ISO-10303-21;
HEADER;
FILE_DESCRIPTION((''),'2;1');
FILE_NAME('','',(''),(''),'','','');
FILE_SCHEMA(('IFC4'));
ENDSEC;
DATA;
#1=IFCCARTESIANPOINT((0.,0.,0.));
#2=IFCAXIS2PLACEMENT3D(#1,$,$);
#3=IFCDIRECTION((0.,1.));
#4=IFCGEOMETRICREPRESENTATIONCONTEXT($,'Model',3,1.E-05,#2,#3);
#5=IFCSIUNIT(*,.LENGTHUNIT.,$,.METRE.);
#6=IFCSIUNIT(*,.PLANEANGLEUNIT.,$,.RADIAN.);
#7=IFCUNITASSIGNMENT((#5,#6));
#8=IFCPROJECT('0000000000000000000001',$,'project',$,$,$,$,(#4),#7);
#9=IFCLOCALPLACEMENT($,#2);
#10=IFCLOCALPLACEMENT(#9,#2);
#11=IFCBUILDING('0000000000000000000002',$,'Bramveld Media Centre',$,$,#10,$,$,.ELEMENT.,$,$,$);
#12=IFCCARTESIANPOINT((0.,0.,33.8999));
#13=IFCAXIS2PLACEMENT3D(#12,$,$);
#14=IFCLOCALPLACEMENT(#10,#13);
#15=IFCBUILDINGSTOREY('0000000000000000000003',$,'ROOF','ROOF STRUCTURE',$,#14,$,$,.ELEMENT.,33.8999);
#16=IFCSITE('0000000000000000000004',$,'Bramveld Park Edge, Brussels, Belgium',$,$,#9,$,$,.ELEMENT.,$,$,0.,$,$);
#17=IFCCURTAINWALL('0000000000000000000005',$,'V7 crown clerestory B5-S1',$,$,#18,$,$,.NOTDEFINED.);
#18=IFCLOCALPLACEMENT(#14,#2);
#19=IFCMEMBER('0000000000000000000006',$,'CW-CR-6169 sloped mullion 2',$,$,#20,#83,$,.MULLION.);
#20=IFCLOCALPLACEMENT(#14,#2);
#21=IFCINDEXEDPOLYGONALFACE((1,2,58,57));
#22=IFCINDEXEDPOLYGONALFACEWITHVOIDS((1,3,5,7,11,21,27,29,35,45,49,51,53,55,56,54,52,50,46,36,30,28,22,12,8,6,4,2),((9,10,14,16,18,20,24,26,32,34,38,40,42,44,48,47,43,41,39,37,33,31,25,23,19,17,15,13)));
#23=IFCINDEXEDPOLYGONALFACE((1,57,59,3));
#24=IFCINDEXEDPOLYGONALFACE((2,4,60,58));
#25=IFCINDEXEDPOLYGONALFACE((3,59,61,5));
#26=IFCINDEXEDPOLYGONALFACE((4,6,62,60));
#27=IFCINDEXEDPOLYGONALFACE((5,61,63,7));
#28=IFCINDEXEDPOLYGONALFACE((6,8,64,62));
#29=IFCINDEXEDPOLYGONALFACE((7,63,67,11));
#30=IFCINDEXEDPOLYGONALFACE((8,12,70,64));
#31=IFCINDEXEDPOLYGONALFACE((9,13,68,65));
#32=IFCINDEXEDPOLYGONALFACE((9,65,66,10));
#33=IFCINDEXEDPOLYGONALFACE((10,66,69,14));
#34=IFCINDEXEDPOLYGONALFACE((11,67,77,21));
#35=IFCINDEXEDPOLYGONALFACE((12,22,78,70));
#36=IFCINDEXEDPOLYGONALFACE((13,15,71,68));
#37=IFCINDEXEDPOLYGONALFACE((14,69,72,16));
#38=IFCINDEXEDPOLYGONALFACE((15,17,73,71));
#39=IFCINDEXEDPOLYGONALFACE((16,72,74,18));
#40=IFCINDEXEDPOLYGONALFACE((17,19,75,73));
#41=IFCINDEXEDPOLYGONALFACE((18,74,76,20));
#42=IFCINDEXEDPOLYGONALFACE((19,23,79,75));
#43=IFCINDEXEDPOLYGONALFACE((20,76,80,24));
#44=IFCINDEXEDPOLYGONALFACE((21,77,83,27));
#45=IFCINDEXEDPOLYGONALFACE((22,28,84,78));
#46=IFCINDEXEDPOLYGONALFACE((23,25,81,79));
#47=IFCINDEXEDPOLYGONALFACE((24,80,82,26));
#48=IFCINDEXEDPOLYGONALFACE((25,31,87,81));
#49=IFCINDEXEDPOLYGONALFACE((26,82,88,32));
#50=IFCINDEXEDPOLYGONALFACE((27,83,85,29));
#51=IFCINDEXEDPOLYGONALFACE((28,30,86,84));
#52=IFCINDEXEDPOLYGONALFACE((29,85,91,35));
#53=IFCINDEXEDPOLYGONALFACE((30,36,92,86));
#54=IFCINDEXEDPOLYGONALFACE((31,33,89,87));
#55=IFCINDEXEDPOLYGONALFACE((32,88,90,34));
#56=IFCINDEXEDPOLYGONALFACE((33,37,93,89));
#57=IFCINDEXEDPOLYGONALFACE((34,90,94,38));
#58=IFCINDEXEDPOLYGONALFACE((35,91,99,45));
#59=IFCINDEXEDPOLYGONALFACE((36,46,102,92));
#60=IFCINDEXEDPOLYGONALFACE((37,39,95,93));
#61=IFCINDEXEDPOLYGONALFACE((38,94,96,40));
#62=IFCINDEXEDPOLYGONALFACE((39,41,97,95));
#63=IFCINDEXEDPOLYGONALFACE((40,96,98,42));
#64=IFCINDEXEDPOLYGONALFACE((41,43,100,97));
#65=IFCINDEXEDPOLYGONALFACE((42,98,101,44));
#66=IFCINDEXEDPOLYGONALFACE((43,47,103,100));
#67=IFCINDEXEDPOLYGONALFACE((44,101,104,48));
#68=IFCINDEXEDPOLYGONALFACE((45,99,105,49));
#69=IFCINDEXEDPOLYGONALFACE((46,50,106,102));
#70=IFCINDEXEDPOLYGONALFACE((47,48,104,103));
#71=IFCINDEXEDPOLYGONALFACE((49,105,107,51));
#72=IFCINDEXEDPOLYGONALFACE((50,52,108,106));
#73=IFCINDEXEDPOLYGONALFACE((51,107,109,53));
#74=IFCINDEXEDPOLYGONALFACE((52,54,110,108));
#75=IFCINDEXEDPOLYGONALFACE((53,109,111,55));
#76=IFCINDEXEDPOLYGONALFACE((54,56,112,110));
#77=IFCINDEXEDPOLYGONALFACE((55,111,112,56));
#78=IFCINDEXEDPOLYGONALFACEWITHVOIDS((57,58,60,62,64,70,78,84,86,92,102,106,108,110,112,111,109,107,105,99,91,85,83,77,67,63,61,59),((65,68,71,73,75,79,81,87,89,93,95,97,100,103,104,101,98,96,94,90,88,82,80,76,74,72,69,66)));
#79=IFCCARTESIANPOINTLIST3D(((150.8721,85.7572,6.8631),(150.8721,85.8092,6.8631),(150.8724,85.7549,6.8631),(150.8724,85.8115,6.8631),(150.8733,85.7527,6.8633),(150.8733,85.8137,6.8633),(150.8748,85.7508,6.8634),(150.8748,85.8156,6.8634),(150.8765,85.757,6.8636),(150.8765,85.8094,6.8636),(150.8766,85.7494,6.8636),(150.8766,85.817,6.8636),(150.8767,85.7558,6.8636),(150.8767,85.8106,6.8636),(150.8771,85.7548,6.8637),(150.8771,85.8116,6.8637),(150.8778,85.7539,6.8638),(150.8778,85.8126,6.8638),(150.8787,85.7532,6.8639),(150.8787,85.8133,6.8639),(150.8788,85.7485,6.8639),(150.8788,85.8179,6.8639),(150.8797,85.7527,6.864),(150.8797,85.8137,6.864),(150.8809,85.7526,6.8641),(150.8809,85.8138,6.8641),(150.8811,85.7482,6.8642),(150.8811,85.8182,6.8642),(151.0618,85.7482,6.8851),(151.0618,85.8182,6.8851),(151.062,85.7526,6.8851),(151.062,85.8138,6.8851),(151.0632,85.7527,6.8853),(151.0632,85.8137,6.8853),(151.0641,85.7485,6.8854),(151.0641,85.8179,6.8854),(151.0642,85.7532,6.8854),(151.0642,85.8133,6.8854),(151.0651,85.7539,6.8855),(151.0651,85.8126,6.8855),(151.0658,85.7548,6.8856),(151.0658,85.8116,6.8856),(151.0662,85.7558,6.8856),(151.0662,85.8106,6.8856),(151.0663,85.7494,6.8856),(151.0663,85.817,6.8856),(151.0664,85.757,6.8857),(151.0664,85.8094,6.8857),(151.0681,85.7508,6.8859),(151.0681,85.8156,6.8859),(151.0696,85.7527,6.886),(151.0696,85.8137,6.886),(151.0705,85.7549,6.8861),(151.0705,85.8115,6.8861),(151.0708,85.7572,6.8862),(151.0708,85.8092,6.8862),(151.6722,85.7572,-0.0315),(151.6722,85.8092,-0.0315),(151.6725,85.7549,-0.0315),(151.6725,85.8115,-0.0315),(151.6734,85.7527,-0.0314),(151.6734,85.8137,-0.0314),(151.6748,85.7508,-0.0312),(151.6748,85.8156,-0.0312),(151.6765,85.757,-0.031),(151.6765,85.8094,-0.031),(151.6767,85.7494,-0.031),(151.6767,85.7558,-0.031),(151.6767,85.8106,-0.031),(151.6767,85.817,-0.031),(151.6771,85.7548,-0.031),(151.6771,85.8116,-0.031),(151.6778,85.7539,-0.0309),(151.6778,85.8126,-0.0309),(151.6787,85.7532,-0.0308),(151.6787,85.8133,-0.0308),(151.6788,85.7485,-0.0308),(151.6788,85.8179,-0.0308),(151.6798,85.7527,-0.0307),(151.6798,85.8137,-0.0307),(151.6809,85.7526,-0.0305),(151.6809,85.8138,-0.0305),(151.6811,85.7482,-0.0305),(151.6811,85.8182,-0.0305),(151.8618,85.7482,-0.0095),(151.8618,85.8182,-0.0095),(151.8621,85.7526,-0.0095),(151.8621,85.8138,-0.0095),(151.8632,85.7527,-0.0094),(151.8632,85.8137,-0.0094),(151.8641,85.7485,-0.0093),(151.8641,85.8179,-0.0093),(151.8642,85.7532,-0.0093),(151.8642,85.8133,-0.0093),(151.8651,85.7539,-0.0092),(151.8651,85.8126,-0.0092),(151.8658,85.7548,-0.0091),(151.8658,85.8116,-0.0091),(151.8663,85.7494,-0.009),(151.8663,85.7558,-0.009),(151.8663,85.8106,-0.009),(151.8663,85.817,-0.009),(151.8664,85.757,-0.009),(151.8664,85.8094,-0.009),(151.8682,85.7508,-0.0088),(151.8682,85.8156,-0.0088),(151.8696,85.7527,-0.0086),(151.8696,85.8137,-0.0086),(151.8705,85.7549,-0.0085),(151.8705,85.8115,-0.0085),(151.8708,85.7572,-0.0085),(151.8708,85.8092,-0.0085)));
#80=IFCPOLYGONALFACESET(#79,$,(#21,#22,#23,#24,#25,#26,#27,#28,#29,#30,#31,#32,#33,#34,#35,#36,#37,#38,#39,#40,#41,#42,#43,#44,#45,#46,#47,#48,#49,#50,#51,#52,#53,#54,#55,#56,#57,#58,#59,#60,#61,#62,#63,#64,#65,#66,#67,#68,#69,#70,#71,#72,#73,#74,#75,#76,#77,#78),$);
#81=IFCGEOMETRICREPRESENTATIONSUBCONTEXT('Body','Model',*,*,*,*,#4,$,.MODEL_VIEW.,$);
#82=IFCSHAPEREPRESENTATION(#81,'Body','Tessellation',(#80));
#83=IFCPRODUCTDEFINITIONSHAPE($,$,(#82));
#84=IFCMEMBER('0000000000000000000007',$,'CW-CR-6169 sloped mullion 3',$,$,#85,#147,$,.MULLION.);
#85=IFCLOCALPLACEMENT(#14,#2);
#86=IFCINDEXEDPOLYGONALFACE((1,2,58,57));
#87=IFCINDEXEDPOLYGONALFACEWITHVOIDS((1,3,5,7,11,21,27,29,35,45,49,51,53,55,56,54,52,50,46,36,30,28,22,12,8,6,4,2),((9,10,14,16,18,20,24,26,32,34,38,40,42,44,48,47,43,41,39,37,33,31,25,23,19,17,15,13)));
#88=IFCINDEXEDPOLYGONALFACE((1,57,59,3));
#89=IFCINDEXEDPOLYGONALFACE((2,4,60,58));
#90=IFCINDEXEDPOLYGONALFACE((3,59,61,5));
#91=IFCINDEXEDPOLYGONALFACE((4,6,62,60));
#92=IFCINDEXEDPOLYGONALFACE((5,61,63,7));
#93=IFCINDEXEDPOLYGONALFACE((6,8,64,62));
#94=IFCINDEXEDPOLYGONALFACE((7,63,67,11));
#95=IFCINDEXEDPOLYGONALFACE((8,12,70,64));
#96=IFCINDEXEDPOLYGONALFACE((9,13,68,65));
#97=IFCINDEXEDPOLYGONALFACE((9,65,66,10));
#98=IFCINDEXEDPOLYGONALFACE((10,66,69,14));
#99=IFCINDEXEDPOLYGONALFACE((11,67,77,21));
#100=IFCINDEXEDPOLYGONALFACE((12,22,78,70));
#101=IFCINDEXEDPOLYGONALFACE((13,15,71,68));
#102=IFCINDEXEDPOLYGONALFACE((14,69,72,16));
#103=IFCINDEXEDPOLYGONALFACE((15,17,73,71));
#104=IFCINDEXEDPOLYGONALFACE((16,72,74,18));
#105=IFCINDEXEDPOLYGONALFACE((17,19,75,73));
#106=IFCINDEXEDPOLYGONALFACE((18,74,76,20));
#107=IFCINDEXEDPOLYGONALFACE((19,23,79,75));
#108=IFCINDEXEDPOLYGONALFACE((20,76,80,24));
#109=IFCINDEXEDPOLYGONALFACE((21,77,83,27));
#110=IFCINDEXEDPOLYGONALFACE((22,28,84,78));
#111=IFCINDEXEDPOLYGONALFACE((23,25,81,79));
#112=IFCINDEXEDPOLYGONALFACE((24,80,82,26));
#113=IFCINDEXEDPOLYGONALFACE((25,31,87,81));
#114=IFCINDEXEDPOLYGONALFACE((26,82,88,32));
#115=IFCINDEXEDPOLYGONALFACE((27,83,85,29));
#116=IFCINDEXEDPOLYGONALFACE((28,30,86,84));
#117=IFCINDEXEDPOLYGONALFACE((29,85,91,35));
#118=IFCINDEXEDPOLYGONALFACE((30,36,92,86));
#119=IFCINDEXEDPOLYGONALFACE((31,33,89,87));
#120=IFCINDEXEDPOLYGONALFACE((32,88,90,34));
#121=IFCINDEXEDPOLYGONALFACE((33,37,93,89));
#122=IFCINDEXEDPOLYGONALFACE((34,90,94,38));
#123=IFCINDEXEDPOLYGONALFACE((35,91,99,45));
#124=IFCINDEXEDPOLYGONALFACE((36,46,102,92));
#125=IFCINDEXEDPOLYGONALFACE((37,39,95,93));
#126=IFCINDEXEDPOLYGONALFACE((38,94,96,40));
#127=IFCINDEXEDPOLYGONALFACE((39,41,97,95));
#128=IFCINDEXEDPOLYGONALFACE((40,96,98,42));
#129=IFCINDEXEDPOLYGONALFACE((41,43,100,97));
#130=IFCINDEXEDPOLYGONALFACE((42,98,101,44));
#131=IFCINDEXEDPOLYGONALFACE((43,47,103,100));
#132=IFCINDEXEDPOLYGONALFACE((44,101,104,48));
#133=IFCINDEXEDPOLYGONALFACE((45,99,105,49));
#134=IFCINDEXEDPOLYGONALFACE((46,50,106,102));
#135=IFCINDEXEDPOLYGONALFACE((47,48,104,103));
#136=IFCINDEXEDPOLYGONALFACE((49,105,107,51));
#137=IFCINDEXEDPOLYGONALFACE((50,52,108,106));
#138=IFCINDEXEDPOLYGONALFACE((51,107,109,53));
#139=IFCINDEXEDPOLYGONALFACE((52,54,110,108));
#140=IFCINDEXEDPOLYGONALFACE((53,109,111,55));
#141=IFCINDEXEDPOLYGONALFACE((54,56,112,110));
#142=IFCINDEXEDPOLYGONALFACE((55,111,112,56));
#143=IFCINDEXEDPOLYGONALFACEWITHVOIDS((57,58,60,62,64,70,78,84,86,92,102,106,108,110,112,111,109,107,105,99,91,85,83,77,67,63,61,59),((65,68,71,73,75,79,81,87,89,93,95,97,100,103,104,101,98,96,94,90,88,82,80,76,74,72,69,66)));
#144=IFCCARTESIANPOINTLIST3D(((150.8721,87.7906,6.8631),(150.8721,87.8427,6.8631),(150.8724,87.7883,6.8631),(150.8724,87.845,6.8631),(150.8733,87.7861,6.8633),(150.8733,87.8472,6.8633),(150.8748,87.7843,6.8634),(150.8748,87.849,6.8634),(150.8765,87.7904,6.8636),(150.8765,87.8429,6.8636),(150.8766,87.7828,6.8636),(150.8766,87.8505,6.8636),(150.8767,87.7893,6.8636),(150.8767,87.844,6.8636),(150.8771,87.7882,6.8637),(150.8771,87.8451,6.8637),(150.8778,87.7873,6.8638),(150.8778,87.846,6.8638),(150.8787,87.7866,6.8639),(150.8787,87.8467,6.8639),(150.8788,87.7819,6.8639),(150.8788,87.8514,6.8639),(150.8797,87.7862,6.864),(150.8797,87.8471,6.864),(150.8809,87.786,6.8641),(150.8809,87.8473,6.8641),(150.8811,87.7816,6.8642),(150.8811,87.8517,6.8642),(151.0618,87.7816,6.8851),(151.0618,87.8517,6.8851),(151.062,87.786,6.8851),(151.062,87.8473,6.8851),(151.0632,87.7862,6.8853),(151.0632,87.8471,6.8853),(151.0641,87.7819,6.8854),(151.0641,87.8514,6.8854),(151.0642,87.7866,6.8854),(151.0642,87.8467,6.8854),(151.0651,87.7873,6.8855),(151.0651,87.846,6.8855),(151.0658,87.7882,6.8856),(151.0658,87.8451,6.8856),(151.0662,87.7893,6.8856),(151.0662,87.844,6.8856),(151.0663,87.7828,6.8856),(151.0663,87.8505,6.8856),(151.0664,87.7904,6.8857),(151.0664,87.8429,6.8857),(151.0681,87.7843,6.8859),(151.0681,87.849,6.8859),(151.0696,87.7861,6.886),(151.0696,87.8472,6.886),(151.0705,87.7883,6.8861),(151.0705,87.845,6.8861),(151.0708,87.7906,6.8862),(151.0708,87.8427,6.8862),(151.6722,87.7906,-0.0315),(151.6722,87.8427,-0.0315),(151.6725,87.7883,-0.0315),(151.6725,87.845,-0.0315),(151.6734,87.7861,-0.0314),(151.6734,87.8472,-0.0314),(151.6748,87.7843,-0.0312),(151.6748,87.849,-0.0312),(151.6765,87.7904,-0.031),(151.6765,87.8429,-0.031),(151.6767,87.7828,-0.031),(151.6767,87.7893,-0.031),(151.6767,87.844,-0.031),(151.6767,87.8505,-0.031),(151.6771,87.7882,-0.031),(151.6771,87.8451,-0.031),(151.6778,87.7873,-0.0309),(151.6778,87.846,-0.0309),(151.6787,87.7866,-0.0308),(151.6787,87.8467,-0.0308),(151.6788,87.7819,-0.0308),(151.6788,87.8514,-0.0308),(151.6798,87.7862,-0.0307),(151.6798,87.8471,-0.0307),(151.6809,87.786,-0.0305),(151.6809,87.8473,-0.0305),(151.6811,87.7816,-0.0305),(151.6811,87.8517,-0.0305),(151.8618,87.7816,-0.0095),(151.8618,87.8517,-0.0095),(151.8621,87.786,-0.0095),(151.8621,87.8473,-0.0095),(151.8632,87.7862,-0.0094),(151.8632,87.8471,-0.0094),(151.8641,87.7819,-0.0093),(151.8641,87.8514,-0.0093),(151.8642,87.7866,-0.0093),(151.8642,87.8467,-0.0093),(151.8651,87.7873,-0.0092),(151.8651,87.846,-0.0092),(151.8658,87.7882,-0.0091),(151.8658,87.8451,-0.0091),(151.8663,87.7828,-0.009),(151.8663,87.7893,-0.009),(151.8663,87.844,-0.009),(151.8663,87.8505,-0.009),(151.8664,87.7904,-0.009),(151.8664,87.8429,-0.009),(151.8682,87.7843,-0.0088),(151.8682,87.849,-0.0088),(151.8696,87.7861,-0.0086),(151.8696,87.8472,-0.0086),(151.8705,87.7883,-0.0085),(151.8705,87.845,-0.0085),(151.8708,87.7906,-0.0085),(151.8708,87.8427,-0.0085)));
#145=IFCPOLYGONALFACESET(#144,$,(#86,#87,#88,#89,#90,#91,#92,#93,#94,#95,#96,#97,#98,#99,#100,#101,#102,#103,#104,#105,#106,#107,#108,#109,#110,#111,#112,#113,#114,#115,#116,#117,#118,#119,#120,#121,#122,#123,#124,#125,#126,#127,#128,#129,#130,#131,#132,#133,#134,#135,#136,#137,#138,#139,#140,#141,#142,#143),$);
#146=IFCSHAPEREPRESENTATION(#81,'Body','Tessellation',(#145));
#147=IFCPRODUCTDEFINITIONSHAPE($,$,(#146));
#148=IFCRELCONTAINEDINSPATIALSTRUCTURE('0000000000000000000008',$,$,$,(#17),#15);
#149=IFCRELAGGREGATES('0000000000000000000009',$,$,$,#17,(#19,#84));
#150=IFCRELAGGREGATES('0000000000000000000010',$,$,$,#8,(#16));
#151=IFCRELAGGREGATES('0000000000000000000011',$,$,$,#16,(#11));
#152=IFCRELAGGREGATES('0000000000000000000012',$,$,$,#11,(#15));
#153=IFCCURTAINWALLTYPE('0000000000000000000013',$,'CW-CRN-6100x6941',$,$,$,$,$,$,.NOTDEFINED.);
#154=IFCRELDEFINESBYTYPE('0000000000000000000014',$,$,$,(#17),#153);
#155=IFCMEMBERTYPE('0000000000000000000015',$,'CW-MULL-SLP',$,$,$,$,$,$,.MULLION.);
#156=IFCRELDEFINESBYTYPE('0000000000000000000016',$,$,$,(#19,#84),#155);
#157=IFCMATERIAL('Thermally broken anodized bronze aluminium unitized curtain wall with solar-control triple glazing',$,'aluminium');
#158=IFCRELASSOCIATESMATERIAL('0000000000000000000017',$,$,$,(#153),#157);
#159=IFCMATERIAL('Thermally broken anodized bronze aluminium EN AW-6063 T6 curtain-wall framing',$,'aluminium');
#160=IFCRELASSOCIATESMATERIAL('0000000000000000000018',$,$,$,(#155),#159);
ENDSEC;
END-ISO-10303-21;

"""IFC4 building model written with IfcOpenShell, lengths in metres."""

from ifc_helpers import new_model, si_unit, direction, frame, origin, origin_2d, place, context, subcontext, project, spatial, hollow_rectangle, extrude, material, material_profile, profile_set, type_object, element, aggregate, save


model = new_model("IFC4")

# Units and contexts
model_context = context("Model", 3, precision=1e-05, world=origin(), true_north=direction((0.0, 1.0)))
body_context = subcontext(model_context, "Body", "Model", "MODEL_VIEW")
ifc_project = project(units=[si_unit("LENGTHUNIT", "METRE"), si_unit("PLANEANGLEUNIT", "RADIAN")], contexts=[model_context])

# Site, building, storey
site_placement = place(None, origin())
site = spatial("IfcSite", under=ifc_project, at=site_placement, Name="Bramveld Park Edge, Brussels, Belgium", CompositionType="ELEMENT", RefElevation=0.0)
building_placement = place(site_placement, origin())
building = spatial("IfcBuilding", under=site, at=building_placement, Name="Bramveld Media Centre", CompositionType="ELEMENT")
storey_placement = place(building_placement, frame((0.0, 0.0, 33.8999)))
storey = spatial("IfcBuildingStorey", under=building, at=storey_placement, Name="ROOF", Description="ROOF STRUCTURE", CompositionType="ELEMENT", Elevation=33.8999)

# Curtain wall, members
ifc_material_1 = material(Name="Thermally broken anodized bronze aluminium unitized curtain wall with solar-control triple glazing", Category="aluminium")
curtain_wall_type = type_object("IfcCurtainWallType", Name="CW-CRN-6100x6941", PredefinedType="NOTDEFINED", material=ifc_material_1)
ifc_material_2 = material(Name="Thermally broken anodized bronze aluminium EN AW-6063 T6 curtain-wall framing", Category="aluminium")
ifc_material_profile_1 = material_profile(ifc_material_2, hollow_rectangle(XDim=0.0701, YDim=0.2, WallThickness=0.0044, InnerFilletRadius=0.0044, OuterFilletRadius=0.009, at=origin_2d()), Name="AL-MULL 70x200")
ifc_profile_set_1 = profile_set([ifc_material_profile_1], Name="Thermally broken anodized bronze aluminium EN AW-6063 T6 curtain-wall framing")
member_type_1 = type_object("IfcMemberType", Name="CW-MULL-SLP", PredefinedType="MULLION", material=ifc_profile_set_1)
curtain_wall_1_placement = place(storey_placement, origin())
curtain_wall_1 = element("IfcCurtainWall", 1, at=curtain_wall_1_placement, inside=storey, type_object=curtain_wall_type, Name="V7 crown clerestory B5-S1", PredefinedType="NOTDEFINED")
member_1_placement = place(storey_placement, frame((151.7715, 85.7832, -0.02), z_axis=(-0.115264, 0.0, 0.993335), x_axis=(0.0, -1.0, 0.0)))
member_1 = element("IfcMember", 2, at=member_1_placement, type_object=member_type_1, Name="CW-CR-6169 sloped mullion 2", PredefinedType="MULLION", context=body_context, shape_type="SweptSolid", body=[
    extrude(hollow_rectangle(XDim=0.0701, YDim=0.2, WallThickness=0.0044, InnerFilletRadius=0.0044, OuterFilletRadius=0.009, at=origin_2d()), origin(), (0.0, 0.0, 1.0), 6.9409),
])
member_2_placement = place(storey_placement, frame((151.7715, 87.8167, -0.02), z_axis=(-0.115264, 0.0, 0.993335), x_axis=(0.0, -1.0, 0.0)))
member_2 = element("IfcMember", 3, at=member_2_placement, type_object=member_type_1, Name="CW-CR-6169 sloped mullion 3", PredefinedType="MULLION", context=body_context, shape_type="SweptSolid", body=[
    extrude(hollow_rectangle(XDim=0.0701, YDim=0.2, WallThickness=0.0044, InnerFilletRadius=0.0044, OuterFilletRadius=0.009, at=origin_2d()), origin(), (0.0, 0.0, 1.0), 6.9409),
])

aggregate(curtain_wall_1, [member_1, member_2])

save(model, "model.ifc")
